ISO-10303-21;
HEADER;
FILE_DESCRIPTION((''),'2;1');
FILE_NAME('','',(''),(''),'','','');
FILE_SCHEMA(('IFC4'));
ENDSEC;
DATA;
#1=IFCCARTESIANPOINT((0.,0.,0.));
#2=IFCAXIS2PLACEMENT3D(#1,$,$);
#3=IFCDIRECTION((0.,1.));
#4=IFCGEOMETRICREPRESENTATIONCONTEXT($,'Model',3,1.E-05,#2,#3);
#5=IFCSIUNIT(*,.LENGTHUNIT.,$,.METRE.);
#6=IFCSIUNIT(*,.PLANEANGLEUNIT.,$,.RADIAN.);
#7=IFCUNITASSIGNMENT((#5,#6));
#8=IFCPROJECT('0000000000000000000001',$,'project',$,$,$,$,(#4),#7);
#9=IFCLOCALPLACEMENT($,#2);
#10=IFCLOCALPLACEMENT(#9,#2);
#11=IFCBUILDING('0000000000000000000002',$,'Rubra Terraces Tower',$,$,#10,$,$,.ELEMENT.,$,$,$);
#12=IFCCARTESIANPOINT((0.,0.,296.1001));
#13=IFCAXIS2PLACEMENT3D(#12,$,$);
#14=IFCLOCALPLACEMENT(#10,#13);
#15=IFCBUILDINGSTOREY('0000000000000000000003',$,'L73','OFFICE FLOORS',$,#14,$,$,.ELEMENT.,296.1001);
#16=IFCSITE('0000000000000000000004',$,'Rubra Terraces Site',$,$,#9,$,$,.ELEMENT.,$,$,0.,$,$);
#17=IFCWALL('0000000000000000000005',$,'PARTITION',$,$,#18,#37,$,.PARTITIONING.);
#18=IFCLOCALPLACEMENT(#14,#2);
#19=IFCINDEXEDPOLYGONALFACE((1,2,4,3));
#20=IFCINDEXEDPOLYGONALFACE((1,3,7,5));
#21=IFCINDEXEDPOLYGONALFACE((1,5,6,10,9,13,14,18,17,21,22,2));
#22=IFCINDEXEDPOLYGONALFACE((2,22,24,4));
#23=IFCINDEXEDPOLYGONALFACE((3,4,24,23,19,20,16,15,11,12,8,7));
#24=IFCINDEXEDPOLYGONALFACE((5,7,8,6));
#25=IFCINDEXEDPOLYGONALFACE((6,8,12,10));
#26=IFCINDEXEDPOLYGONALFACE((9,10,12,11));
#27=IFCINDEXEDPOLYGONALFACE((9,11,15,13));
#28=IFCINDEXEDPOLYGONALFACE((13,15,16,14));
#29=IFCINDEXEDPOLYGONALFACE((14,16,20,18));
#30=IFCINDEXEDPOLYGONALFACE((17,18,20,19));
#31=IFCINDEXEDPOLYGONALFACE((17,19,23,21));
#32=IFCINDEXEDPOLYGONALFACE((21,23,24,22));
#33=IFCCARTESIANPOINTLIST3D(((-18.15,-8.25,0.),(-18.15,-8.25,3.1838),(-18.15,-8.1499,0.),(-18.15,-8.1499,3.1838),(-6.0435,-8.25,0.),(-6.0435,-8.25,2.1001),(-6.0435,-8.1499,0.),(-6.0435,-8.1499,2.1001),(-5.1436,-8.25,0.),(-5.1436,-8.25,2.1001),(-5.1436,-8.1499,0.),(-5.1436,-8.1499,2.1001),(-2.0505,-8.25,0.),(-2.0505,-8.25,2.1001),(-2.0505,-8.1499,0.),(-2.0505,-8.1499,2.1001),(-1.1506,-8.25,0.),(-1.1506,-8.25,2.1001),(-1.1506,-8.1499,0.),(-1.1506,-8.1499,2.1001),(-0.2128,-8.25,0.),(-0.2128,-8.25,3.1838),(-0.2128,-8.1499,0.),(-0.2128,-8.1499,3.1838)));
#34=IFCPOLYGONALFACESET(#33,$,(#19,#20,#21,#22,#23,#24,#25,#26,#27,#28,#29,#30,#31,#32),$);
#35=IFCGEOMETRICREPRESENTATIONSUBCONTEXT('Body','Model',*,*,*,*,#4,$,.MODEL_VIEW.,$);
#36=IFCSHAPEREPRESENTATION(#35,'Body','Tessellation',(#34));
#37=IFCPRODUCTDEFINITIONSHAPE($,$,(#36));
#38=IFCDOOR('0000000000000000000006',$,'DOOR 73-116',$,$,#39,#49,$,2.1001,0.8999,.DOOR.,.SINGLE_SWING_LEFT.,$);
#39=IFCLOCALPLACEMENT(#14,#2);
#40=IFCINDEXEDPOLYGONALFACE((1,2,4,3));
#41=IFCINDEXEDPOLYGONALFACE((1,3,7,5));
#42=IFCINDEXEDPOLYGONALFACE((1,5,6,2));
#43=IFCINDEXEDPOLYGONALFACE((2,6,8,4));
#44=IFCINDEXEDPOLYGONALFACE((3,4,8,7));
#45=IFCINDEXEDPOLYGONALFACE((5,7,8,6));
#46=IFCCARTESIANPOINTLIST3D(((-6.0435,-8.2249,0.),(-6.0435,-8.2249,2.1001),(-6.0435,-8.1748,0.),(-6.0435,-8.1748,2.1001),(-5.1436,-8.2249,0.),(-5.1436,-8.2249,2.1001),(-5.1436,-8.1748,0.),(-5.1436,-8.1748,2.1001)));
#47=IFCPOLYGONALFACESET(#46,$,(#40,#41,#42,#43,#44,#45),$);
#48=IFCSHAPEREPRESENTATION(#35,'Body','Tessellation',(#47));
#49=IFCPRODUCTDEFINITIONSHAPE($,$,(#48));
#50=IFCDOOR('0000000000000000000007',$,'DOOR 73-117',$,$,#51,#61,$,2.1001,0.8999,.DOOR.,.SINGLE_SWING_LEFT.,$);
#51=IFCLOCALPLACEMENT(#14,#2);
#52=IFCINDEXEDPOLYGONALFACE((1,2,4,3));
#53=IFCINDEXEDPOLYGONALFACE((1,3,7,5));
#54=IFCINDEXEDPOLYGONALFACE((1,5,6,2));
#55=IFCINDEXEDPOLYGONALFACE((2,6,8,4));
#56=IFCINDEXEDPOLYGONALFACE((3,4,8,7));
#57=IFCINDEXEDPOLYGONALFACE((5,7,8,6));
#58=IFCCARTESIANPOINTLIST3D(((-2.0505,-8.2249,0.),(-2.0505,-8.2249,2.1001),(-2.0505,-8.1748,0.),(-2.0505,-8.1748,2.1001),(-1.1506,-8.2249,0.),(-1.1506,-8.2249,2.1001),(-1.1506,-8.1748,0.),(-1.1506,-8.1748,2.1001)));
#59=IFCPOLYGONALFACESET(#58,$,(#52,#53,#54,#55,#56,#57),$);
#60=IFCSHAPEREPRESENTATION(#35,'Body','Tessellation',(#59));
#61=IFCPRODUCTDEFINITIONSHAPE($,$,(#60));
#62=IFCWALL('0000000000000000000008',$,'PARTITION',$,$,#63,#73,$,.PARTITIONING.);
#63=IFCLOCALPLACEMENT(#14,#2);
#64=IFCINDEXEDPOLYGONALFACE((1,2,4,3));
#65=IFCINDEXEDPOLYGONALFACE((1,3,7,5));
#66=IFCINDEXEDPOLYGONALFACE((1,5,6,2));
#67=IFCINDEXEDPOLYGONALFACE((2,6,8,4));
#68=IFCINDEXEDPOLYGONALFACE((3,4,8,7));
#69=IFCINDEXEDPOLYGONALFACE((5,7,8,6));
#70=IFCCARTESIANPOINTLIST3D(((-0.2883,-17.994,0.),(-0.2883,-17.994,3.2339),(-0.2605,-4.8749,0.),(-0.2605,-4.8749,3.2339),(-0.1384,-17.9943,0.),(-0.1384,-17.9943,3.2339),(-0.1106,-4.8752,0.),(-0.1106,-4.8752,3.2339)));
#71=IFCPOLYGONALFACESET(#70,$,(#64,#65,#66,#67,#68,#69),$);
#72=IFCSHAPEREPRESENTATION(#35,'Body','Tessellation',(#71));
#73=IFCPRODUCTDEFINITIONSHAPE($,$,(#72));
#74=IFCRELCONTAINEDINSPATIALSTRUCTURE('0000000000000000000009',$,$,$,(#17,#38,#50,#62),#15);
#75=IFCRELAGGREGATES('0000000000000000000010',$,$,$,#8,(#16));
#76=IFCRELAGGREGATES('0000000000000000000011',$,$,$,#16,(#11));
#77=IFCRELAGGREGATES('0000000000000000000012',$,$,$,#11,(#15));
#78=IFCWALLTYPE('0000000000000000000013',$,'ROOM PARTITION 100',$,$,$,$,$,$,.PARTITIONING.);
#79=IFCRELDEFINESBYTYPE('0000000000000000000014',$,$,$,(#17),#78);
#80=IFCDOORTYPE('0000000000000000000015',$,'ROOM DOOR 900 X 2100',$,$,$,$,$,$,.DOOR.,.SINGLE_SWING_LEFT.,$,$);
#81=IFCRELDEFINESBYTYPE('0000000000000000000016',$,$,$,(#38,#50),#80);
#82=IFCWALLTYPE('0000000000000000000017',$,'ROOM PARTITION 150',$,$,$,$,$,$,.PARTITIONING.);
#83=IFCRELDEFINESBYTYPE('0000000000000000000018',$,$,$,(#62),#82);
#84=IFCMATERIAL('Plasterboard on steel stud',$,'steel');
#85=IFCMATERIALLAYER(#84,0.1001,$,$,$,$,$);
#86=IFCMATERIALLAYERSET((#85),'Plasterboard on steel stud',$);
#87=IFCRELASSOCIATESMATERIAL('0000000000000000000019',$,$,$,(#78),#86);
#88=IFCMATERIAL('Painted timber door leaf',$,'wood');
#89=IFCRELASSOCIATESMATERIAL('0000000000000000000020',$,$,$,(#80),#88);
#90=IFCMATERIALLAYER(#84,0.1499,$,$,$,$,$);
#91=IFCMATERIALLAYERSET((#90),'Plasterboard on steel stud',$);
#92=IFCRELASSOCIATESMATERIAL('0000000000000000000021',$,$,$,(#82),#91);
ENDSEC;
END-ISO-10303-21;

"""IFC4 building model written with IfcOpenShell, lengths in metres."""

from ifc_helpers import new_model, si_unit, direction, frame, frame_2d, origin, place, context, subcontext, project, spatial, rectangle, extrude, material, layer, layer_set, type_object, element, fill, save


model = new_model("IFC4")

# Units and contexts
model_context = context("Model", 3, precision=1e-05, world=origin(), true_north=direction((0.0, 1.0)))
body_context = subcontext(model_context, "Body", "Model", "MODEL_VIEW")
ifc_project = project(units=[si_unit("LENGTHUNIT", "METRE"), si_unit("PLANEANGLEUNIT", "RADIAN")], contexts=[model_context])

# Site, building, storey
site_placement = place(None, origin())
site = spatial("IfcSite", under=ifc_project, at=site_placement, Name="Rubra Terraces Site", CompositionType="ELEMENT", RefElevation=0.0)
building_placement = place(site_placement, origin())
building = spatial("IfcBuilding", under=site, at=building_placement, Name="Rubra Terraces Tower", CompositionType="ELEMENT")
storey_placement = place(building_placement, frame((0.0, 0.0, 296.1001)))
storey = spatial("IfcBuildingStorey", under=building, at=storey_placement, Name="L73", Description="OFFICE FLOORS", CompositionType="ELEMENT", Elevation=296.1001)

# Wall, openings, doors
ifc_material_1 = material(Name="Plasterboard on steel stud", Category="steel")
ifc_layer_1 = layer(ifc_material_1, 0.1001)
ifc_layer_set_1 = layer_set([ifc_layer_1], Name="Plasterboard on steel stud")
wall_type_1 = type_object("IfcWallType", Name="ROOM PARTITION 100", PredefinedType="PARTITIONING", material=ifc_layer_set_1)
wall_1_placement = place(storey_placement, frame((-0.2126, -8.2, 0.0), z_axis=(0.0, 0.0, 1.0), x_axis=(-1.0, 0.0, 0.0)))
wall_1 = element("IfcWall", 1, at=wall_1_placement, inside=storey, type_object=wall_type_1, Name="PARTITION", PredefinedType="PARTITIONING", context=body_context, shape_type="SweptSolid", body=[
    extrude(rectangle(XDim=17.9373, YDim=0.1001, at=frame_2d((8.9688, 0.0))), origin(), (0.0, 0.0, 1.0), 3.1838),
])
opening_1_placement = place(wall_1_placement, frame((4.9309, 0.0, 0.0)))
opening_1 = element("IfcOpeningElement", 2, at=opening_1_placement, cuts=wall_1, PredefinedType="OPENING", context=body_context, shape_type="SweptSolid", body=[
    extrude(rectangle(XDim=0.8999, YDim=2.1001, at=frame_2d((0.45, 1.05))), frame((0.0, 0.0601, 0.0), z_axis=(0.0, -1.0, 0.0), x_axis=(1.0, 0.0, 0.0)), (0.0, 0.0, 1.0), 0.1201),
])
opening_2_placement = place(wall_1_placement, frame((0.938, 0.0, 0.0)))
opening_2 = element("IfcOpeningElement", 3, at=opening_2_placement, cuts=wall_1, PredefinedType="OPENING", context=body_context, shape_type="SweptSolid", body=[
    extrude(rectangle(XDim=0.8999, YDim=2.1001, at=frame_2d((0.45, 1.05))), frame((0.0, 0.0601, 0.0), z_axis=(0.0, -1.0, 0.0), x_axis=(1.0, 0.0, 0.0)), (0.0, 0.0, 1.0), 0.1201),
])
ifc_material_2 = material(Name="Painted timber door leaf", Category="wood")
door_type = type_object("IfcDoorType", Name="ROOM DOOR 900 X 2100", OperationType="SINGLE_SWING_LEFT", PredefinedType="DOOR", material=ifc_material_2)
door_1_placement = place(opening_1_placement, origin())
door_1 = element("IfcDoor", 4, at=door_1_placement, inside=storey, type_object=door_type, Name="DOOR 73-116", OperationType="SINGLE_SWING_LEFT", OverallHeight=2.1001, OverallWidth=0.8999, PredefinedType="DOOR", context=body_context, shape_type="SweptSolid", body=[
    extrude(rectangle(XDim=0.8999, YDim=2.1001, at=frame_2d((0.45, 1.05))), frame((0.0, 0.0249, 0.0), z_axis=(0.0, -1.0, 0.0), x_axis=(1.0, 0.0, 0.0)), (0.0, 0.0, 1.0), 0.05),
])
fill(opening_1, door_1)
door_2_placement = place(opening_2_placement, origin())
door_2 = element("IfcDoor", 5, at=door_2_placement, inside=storey, type_object=door_type, Name="DOOR 73-117", OperationType="SINGLE_SWING_LEFT", OverallHeight=2.1001, OverallWidth=0.8999, PredefinedType="DOOR", context=body_context, shape_type="SweptSolid", body=[
    extrude(rectangle(XDim=0.8999, YDim=2.1001, at=frame_2d((0.45, 1.05))), frame((0.0, 0.0249, 0.0), z_axis=(0.0, -1.0, 0.0), x_axis=(1.0, 0.0, 0.0)), (0.0, 0.0, 1.0), 0.05),
])
fill(opening_2, door_2)

# Wall
ifc_layer_2 = layer(ifc_material_1, 0.1499)
ifc_layer_set_2 = layer_set([ifc_layer_2], Name="Plasterboard on steel stud")
wall_type_2 = type_object("IfcWallType", Name="ROOM PARTITION 150", PredefinedType="PARTITIONING", material=ifc_layer_set_2)
wall_2_placement = place(storey_placement, frame((-0.2134, -17.9941, 0.0), z_axis=(0.0, 0.0, 1.0), x_axis=(0.002121, 0.999998, 0.0)))
element("IfcWall", 6, at=wall_2_placement, inside=storey, type_object=wall_type_2, Name="PARTITION", PredefinedType="PARTITIONING", context=body_context, shape_type="SweptSolid", body=[
    extrude(rectangle(XDim=13.1191, YDim=0.1499, at=frame_2d((6.5596, 0.0))), origin(), (0.0, 0.0, 1.0), 3.2339),
])

save(model, "model.ifc")
